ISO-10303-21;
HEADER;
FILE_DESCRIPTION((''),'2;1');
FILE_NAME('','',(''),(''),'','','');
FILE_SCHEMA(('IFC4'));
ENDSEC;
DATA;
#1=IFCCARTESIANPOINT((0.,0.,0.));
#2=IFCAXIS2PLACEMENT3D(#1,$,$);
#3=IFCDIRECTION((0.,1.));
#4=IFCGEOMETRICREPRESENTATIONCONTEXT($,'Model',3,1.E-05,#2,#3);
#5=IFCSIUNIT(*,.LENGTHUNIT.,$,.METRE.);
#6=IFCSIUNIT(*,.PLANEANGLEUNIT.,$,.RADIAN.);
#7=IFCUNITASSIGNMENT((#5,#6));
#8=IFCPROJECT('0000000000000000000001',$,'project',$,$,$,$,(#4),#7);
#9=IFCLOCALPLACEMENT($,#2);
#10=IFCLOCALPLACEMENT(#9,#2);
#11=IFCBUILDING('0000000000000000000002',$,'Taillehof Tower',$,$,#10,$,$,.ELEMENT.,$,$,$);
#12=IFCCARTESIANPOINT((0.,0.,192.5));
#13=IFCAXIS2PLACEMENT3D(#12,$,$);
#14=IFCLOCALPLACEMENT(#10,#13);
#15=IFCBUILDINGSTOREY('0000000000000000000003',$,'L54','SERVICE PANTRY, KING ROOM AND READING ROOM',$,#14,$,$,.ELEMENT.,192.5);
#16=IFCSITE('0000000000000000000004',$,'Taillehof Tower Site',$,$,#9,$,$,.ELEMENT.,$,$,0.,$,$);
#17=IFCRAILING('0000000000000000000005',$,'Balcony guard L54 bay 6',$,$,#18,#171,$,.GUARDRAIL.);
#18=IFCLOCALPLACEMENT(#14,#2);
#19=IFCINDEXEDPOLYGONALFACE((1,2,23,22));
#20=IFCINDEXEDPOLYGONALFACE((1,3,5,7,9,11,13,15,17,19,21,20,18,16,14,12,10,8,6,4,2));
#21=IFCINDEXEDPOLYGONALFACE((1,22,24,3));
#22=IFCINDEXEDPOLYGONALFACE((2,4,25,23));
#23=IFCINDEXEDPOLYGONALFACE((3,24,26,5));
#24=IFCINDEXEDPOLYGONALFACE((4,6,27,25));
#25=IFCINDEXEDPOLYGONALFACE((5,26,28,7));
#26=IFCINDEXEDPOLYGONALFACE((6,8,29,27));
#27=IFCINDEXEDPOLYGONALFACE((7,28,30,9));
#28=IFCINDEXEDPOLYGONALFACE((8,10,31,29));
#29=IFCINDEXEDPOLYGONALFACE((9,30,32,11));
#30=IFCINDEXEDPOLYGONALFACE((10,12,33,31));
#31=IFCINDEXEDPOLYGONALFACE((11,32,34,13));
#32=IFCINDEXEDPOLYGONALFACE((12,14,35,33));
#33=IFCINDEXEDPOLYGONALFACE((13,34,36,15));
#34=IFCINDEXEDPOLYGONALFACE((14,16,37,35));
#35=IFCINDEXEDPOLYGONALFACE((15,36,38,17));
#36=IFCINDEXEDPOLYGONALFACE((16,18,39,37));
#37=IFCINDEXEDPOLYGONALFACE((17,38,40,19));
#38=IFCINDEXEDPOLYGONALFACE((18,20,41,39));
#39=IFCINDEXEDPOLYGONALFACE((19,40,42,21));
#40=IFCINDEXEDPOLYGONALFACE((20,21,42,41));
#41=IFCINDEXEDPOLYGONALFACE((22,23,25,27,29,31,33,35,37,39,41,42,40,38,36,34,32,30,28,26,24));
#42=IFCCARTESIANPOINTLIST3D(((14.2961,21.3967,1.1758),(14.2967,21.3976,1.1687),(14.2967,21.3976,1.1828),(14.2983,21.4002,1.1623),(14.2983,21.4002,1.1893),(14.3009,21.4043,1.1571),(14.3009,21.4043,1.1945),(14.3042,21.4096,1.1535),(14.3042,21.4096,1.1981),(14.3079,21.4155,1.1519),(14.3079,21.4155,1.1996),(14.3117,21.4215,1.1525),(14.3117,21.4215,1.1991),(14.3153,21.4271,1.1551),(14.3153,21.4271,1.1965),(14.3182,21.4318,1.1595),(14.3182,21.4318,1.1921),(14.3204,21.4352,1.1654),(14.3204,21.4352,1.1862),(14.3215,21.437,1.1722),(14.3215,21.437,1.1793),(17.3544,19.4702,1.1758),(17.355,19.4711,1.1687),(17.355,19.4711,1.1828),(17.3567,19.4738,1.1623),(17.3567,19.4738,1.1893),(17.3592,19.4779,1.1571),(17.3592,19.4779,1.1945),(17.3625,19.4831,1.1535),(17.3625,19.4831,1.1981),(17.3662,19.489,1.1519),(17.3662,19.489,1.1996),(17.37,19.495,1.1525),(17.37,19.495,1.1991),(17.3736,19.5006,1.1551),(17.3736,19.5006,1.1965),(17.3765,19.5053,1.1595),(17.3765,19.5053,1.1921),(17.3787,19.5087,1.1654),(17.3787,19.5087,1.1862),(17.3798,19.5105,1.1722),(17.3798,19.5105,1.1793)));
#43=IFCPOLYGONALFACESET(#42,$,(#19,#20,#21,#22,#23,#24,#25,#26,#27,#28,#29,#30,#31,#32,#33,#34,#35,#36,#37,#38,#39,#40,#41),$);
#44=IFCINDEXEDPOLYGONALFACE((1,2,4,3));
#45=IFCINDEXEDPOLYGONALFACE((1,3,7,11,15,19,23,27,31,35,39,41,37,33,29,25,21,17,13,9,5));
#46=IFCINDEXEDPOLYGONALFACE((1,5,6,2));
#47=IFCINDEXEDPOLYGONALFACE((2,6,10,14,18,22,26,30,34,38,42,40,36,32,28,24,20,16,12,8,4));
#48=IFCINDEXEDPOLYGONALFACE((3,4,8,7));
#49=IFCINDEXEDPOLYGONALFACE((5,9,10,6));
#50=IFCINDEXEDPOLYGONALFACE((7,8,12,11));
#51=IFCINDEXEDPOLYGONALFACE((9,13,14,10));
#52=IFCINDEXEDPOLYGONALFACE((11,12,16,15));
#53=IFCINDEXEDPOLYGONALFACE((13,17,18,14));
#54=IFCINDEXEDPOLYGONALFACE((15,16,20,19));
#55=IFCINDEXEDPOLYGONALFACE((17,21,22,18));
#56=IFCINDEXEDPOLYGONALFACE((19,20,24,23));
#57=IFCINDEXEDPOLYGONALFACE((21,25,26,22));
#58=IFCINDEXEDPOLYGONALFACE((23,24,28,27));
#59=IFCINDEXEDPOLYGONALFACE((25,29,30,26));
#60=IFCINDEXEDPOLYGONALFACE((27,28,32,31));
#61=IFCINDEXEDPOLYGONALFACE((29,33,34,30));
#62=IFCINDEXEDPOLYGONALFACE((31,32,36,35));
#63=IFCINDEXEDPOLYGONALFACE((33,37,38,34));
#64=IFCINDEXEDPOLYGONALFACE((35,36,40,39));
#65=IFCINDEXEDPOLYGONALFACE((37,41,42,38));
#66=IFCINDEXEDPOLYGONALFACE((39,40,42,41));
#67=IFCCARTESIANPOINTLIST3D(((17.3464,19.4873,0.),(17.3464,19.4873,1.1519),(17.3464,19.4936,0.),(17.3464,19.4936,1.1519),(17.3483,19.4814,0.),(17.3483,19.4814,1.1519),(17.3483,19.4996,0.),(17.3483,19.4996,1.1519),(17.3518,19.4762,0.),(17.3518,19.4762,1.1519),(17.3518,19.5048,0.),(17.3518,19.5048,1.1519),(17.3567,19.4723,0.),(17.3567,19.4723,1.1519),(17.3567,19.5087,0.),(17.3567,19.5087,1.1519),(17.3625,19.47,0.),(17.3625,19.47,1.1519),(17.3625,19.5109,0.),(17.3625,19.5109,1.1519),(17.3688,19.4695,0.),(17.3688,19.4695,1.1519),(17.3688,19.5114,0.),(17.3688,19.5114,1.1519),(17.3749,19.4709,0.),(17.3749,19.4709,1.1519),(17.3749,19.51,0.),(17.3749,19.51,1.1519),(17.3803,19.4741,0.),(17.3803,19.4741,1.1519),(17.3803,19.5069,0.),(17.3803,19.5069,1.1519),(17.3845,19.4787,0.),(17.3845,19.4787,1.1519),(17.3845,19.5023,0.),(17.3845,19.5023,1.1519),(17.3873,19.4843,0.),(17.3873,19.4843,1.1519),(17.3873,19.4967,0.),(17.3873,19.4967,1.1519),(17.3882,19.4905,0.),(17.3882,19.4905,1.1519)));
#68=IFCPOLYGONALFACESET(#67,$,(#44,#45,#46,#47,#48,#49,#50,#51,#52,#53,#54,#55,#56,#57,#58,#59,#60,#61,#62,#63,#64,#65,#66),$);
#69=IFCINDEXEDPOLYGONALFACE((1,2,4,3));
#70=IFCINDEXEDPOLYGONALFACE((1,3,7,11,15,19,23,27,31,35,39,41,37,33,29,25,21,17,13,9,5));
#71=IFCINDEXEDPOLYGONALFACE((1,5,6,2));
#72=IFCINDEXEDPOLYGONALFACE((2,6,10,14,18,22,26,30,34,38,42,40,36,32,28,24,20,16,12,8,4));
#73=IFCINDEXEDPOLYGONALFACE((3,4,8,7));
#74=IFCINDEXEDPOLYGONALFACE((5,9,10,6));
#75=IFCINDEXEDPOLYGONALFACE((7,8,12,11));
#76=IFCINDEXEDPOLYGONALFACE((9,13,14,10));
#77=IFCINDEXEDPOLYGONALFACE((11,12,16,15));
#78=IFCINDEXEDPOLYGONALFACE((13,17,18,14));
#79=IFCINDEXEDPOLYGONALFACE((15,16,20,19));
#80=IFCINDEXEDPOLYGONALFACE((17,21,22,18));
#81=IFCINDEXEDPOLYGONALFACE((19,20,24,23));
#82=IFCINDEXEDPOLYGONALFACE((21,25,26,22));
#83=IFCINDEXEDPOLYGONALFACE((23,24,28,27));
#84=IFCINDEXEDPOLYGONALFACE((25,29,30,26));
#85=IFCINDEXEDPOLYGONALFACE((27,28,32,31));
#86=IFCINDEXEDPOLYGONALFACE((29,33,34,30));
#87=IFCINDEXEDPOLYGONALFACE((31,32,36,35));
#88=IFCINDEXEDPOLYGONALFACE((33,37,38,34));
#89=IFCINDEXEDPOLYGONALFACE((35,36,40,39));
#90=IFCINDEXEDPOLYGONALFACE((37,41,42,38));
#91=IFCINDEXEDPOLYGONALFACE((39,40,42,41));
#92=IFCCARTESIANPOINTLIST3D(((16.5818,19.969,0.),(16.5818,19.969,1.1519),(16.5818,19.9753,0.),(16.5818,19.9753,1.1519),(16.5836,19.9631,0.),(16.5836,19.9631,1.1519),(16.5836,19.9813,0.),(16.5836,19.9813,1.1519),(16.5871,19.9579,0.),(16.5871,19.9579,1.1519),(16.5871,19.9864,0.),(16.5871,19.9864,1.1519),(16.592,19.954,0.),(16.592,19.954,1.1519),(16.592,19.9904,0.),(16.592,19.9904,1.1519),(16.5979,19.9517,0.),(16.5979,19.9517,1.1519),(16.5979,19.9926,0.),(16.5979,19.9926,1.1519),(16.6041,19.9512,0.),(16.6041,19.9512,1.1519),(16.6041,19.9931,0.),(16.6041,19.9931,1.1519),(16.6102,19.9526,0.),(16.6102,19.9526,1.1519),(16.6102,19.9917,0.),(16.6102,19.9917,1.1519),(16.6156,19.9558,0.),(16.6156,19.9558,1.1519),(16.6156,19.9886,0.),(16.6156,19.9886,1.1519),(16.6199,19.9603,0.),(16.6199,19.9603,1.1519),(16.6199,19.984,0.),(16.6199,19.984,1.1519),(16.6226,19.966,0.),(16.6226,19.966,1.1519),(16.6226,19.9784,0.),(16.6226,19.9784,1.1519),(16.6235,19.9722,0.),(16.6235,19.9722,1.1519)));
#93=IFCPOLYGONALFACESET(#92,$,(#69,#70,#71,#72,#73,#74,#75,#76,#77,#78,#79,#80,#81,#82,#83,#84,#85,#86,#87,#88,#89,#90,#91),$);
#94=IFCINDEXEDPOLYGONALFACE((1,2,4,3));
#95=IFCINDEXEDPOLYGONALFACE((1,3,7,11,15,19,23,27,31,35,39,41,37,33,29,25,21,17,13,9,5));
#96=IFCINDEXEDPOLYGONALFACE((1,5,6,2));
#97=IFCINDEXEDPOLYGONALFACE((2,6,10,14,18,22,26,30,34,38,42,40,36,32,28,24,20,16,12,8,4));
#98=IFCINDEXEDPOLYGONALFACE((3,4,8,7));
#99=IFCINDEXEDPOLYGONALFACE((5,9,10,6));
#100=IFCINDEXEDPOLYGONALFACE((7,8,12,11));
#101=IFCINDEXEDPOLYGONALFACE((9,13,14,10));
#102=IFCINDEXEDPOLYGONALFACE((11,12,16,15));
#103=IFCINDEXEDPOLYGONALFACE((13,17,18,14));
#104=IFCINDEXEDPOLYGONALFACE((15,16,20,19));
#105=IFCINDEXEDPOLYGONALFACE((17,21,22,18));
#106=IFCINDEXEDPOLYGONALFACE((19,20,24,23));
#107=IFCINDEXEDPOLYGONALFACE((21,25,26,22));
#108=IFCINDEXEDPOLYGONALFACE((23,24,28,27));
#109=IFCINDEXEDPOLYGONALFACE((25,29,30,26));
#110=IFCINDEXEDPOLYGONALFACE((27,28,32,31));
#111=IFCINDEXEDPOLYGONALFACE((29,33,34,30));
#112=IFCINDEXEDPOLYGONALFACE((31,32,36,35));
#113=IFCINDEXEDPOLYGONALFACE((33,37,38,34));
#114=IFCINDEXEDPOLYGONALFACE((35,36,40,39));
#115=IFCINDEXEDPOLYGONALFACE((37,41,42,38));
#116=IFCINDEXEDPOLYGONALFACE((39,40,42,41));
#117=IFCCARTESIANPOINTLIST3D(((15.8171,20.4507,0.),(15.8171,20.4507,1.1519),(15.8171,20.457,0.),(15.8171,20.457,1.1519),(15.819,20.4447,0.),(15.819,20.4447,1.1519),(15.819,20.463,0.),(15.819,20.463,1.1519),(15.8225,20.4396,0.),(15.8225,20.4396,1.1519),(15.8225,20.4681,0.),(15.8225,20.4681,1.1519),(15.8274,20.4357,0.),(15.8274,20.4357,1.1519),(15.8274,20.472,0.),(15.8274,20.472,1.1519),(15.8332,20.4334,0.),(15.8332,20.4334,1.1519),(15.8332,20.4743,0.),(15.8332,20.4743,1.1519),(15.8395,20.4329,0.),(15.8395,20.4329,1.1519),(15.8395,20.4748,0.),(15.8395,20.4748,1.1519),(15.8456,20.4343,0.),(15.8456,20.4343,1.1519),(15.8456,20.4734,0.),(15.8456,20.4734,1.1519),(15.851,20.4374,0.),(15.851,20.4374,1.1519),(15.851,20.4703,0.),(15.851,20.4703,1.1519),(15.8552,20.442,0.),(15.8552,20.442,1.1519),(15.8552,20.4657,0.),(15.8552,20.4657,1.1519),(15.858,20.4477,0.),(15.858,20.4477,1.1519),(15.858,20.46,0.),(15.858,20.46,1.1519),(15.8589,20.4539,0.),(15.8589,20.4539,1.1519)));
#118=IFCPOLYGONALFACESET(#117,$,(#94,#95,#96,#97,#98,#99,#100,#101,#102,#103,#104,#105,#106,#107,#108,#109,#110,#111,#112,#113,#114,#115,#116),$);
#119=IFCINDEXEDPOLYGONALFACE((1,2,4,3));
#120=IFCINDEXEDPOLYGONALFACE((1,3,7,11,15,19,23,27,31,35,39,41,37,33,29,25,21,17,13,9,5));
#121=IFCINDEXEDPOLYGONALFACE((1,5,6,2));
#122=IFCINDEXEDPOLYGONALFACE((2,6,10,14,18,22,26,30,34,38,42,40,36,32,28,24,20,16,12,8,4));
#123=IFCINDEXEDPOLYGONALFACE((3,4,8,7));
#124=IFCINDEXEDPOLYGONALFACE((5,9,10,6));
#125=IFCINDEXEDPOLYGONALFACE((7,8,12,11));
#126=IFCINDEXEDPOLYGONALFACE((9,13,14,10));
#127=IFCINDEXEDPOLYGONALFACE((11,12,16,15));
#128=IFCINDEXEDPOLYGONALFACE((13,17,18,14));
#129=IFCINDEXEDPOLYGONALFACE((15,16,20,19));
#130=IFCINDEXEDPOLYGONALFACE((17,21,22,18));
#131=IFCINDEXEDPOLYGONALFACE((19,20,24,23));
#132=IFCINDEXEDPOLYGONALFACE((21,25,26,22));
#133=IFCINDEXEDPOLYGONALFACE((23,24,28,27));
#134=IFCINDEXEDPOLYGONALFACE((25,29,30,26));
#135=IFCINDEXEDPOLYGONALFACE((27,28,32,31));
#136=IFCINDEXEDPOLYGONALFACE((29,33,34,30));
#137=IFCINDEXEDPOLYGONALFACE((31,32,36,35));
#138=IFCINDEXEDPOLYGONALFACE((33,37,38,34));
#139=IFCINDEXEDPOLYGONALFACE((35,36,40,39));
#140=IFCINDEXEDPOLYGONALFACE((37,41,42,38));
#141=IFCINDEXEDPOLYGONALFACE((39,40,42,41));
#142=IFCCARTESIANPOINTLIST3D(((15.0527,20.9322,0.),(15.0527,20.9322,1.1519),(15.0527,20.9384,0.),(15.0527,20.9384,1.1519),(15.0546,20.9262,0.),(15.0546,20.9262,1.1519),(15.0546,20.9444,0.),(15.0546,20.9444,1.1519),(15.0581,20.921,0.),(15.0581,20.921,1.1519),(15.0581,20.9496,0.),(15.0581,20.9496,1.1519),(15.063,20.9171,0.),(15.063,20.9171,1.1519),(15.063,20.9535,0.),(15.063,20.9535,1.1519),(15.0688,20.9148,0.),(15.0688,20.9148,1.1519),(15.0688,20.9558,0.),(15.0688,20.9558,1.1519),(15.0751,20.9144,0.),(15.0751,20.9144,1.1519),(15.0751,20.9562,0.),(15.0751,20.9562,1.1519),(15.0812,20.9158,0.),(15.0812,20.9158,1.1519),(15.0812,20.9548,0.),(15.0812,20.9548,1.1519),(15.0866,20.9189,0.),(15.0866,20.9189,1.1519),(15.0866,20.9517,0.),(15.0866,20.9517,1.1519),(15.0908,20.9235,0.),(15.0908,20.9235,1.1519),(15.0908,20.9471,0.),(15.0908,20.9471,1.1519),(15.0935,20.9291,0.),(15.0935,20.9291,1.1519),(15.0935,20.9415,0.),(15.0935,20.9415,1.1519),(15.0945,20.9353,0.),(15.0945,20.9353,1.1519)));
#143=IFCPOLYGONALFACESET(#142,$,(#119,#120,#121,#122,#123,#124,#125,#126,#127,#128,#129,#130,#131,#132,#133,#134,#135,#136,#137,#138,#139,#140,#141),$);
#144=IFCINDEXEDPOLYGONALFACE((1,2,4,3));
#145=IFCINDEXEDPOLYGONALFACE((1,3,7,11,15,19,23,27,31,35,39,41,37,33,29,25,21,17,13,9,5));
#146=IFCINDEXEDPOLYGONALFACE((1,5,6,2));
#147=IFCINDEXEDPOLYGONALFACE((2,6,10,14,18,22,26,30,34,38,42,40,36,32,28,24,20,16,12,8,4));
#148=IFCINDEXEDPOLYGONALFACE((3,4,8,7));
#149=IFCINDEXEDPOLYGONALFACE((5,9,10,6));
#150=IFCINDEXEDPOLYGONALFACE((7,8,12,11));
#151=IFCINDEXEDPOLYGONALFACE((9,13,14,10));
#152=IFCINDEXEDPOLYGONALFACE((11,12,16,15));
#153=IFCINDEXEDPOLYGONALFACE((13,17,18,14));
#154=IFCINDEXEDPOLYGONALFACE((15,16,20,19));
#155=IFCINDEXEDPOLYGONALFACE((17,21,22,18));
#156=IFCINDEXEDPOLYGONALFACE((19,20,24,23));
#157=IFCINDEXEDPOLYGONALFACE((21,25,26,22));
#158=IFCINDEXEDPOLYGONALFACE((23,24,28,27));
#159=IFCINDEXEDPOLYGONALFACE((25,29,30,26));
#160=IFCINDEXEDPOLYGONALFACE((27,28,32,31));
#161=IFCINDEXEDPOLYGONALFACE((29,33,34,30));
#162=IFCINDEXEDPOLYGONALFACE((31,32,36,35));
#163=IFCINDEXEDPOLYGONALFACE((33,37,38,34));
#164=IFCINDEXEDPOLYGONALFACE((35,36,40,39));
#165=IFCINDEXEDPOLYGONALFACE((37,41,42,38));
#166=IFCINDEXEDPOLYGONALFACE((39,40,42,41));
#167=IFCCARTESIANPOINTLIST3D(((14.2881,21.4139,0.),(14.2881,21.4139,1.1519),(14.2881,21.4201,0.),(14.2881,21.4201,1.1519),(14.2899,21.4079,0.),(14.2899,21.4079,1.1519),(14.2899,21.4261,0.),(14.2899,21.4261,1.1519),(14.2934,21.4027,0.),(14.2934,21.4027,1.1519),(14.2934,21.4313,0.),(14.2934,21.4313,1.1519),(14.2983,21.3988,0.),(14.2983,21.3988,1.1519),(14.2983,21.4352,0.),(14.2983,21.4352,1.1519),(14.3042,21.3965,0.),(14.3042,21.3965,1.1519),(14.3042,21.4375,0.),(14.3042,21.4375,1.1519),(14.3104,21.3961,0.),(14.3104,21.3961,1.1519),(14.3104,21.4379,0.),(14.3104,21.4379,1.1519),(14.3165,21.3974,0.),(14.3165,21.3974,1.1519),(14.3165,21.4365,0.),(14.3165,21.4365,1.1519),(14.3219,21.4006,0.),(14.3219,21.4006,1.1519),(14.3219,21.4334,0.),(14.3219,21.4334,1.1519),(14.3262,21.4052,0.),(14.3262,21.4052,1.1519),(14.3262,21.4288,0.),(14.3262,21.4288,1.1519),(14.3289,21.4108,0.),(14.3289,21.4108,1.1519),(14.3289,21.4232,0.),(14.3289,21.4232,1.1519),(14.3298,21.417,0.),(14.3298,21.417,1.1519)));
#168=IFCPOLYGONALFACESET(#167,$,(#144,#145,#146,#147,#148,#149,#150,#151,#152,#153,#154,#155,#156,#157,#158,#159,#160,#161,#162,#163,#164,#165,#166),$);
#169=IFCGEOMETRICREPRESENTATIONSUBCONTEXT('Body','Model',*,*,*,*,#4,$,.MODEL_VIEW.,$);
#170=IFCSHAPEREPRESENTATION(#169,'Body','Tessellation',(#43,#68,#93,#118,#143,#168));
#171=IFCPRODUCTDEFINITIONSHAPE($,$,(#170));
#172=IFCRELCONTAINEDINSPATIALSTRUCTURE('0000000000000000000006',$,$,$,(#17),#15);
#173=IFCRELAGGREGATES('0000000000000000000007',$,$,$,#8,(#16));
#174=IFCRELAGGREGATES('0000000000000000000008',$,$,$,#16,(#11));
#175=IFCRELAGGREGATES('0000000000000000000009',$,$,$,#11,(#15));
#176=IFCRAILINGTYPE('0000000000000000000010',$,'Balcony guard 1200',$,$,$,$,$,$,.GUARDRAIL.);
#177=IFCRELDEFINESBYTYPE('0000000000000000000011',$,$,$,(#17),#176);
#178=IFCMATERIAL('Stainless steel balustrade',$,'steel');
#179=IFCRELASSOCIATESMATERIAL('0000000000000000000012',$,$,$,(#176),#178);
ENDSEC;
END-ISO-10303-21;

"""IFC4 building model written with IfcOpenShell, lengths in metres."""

from ifc_helpers import new_model, si_unit, direction, frame, origin, origin_2d, place, context, subcontext, project, spatial, circle, extrude, material, type_object, element, save


model = new_model("IFC4")

# Units and contexts
model_context = context("Model", 3, precision=1e-05, world=origin(), true_north=direction((0.0, 1.0)))
body_context = subcontext(model_context, "Body", "Model", "MODEL_VIEW")
ifc_project = project(units=[si_unit("LENGTHUNIT", "METRE"), si_unit("PLANEANGLEUNIT", "RADIAN")], contexts=[model_context])

# Site, building, storey
site_placement = place(None, origin())
site = spatial("IfcSite", under=ifc_project, at=site_placement, Name="Taillehof Tower Site", CompositionType="ELEMENT", RefElevation=0.0)
building_placement = place(site_placement, origin())
building = spatial("IfcBuilding", under=site, at=building_placement, Name="Taillehof Tower", CompositionType="ELEMENT")
storey_placement = place(building_placement, frame((0.0, 0.0, 192.5)))
storey = spatial("IfcBuildingStorey", under=building, at=storey_placement, Name="L54", Description="SERVICE PANTRY, KING ROOM AND READING ROOM", CompositionType="ELEMENT", Elevation=192.5)

# Railing
ifc_material_1 = material(Name="Stainless steel balustrade", Category="steel")
railing_type = type_object("IfcRailingType", Name="Balcony guard 1200", PredefinedType="GUARDRAIL", material=ifc_material_1)
railing_1_placement = place(storey_placement, frame((17.3672, 19.4905, 0.0)))
element("IfcRailing", 1, at=railing_1_placement, inside=storey, type_object=railing_type, Name="Balcony guard L54 bay 6", PredefinedType="GUARDRAIL", context=body_context, shape_type="SweptSolid", body=[
    extrude(circle(Radius=0.0239, at=origin_2d()), frame((0.0, 0.0, 1.1758), z_axis=(-0.846122, 0.532989, 0.0), x_axis=(-0.532989, -0.846122, 0.0)), (0.0, 0.0, 1.0), 3.6145),
    extrude(circle(Radius=0.021, at=origin_2d()), origin(), (0.0, 0.0, 1.0), 1.1519),
    extrude(circle(Radius=0.021, at=origin_2d()), frame((-0.7646, 0.4817, 0.0)), (0.0, 0.0, 1.0), 1.1519),
    extrude(circle(Radius=0.021, at=origin_2d()), frame((-1.5293, 0.9634, 0.0)), (0.0, 0.0, 1.0), 1.1519),
    extrude(circle(Radius=0.021, at=origin_2d()), frame((-2.2937, 1.4448, 0.0)), (0.0, 0.0, 1.0), 1.1519),
    extrude(circle(Radius=0.021, at=origin_2d()), frame((-3.0583, 1.9265, 0.0)), (0.0, 0.0, 1.0), 1.1519),
])

save(model, "model.ifc")
